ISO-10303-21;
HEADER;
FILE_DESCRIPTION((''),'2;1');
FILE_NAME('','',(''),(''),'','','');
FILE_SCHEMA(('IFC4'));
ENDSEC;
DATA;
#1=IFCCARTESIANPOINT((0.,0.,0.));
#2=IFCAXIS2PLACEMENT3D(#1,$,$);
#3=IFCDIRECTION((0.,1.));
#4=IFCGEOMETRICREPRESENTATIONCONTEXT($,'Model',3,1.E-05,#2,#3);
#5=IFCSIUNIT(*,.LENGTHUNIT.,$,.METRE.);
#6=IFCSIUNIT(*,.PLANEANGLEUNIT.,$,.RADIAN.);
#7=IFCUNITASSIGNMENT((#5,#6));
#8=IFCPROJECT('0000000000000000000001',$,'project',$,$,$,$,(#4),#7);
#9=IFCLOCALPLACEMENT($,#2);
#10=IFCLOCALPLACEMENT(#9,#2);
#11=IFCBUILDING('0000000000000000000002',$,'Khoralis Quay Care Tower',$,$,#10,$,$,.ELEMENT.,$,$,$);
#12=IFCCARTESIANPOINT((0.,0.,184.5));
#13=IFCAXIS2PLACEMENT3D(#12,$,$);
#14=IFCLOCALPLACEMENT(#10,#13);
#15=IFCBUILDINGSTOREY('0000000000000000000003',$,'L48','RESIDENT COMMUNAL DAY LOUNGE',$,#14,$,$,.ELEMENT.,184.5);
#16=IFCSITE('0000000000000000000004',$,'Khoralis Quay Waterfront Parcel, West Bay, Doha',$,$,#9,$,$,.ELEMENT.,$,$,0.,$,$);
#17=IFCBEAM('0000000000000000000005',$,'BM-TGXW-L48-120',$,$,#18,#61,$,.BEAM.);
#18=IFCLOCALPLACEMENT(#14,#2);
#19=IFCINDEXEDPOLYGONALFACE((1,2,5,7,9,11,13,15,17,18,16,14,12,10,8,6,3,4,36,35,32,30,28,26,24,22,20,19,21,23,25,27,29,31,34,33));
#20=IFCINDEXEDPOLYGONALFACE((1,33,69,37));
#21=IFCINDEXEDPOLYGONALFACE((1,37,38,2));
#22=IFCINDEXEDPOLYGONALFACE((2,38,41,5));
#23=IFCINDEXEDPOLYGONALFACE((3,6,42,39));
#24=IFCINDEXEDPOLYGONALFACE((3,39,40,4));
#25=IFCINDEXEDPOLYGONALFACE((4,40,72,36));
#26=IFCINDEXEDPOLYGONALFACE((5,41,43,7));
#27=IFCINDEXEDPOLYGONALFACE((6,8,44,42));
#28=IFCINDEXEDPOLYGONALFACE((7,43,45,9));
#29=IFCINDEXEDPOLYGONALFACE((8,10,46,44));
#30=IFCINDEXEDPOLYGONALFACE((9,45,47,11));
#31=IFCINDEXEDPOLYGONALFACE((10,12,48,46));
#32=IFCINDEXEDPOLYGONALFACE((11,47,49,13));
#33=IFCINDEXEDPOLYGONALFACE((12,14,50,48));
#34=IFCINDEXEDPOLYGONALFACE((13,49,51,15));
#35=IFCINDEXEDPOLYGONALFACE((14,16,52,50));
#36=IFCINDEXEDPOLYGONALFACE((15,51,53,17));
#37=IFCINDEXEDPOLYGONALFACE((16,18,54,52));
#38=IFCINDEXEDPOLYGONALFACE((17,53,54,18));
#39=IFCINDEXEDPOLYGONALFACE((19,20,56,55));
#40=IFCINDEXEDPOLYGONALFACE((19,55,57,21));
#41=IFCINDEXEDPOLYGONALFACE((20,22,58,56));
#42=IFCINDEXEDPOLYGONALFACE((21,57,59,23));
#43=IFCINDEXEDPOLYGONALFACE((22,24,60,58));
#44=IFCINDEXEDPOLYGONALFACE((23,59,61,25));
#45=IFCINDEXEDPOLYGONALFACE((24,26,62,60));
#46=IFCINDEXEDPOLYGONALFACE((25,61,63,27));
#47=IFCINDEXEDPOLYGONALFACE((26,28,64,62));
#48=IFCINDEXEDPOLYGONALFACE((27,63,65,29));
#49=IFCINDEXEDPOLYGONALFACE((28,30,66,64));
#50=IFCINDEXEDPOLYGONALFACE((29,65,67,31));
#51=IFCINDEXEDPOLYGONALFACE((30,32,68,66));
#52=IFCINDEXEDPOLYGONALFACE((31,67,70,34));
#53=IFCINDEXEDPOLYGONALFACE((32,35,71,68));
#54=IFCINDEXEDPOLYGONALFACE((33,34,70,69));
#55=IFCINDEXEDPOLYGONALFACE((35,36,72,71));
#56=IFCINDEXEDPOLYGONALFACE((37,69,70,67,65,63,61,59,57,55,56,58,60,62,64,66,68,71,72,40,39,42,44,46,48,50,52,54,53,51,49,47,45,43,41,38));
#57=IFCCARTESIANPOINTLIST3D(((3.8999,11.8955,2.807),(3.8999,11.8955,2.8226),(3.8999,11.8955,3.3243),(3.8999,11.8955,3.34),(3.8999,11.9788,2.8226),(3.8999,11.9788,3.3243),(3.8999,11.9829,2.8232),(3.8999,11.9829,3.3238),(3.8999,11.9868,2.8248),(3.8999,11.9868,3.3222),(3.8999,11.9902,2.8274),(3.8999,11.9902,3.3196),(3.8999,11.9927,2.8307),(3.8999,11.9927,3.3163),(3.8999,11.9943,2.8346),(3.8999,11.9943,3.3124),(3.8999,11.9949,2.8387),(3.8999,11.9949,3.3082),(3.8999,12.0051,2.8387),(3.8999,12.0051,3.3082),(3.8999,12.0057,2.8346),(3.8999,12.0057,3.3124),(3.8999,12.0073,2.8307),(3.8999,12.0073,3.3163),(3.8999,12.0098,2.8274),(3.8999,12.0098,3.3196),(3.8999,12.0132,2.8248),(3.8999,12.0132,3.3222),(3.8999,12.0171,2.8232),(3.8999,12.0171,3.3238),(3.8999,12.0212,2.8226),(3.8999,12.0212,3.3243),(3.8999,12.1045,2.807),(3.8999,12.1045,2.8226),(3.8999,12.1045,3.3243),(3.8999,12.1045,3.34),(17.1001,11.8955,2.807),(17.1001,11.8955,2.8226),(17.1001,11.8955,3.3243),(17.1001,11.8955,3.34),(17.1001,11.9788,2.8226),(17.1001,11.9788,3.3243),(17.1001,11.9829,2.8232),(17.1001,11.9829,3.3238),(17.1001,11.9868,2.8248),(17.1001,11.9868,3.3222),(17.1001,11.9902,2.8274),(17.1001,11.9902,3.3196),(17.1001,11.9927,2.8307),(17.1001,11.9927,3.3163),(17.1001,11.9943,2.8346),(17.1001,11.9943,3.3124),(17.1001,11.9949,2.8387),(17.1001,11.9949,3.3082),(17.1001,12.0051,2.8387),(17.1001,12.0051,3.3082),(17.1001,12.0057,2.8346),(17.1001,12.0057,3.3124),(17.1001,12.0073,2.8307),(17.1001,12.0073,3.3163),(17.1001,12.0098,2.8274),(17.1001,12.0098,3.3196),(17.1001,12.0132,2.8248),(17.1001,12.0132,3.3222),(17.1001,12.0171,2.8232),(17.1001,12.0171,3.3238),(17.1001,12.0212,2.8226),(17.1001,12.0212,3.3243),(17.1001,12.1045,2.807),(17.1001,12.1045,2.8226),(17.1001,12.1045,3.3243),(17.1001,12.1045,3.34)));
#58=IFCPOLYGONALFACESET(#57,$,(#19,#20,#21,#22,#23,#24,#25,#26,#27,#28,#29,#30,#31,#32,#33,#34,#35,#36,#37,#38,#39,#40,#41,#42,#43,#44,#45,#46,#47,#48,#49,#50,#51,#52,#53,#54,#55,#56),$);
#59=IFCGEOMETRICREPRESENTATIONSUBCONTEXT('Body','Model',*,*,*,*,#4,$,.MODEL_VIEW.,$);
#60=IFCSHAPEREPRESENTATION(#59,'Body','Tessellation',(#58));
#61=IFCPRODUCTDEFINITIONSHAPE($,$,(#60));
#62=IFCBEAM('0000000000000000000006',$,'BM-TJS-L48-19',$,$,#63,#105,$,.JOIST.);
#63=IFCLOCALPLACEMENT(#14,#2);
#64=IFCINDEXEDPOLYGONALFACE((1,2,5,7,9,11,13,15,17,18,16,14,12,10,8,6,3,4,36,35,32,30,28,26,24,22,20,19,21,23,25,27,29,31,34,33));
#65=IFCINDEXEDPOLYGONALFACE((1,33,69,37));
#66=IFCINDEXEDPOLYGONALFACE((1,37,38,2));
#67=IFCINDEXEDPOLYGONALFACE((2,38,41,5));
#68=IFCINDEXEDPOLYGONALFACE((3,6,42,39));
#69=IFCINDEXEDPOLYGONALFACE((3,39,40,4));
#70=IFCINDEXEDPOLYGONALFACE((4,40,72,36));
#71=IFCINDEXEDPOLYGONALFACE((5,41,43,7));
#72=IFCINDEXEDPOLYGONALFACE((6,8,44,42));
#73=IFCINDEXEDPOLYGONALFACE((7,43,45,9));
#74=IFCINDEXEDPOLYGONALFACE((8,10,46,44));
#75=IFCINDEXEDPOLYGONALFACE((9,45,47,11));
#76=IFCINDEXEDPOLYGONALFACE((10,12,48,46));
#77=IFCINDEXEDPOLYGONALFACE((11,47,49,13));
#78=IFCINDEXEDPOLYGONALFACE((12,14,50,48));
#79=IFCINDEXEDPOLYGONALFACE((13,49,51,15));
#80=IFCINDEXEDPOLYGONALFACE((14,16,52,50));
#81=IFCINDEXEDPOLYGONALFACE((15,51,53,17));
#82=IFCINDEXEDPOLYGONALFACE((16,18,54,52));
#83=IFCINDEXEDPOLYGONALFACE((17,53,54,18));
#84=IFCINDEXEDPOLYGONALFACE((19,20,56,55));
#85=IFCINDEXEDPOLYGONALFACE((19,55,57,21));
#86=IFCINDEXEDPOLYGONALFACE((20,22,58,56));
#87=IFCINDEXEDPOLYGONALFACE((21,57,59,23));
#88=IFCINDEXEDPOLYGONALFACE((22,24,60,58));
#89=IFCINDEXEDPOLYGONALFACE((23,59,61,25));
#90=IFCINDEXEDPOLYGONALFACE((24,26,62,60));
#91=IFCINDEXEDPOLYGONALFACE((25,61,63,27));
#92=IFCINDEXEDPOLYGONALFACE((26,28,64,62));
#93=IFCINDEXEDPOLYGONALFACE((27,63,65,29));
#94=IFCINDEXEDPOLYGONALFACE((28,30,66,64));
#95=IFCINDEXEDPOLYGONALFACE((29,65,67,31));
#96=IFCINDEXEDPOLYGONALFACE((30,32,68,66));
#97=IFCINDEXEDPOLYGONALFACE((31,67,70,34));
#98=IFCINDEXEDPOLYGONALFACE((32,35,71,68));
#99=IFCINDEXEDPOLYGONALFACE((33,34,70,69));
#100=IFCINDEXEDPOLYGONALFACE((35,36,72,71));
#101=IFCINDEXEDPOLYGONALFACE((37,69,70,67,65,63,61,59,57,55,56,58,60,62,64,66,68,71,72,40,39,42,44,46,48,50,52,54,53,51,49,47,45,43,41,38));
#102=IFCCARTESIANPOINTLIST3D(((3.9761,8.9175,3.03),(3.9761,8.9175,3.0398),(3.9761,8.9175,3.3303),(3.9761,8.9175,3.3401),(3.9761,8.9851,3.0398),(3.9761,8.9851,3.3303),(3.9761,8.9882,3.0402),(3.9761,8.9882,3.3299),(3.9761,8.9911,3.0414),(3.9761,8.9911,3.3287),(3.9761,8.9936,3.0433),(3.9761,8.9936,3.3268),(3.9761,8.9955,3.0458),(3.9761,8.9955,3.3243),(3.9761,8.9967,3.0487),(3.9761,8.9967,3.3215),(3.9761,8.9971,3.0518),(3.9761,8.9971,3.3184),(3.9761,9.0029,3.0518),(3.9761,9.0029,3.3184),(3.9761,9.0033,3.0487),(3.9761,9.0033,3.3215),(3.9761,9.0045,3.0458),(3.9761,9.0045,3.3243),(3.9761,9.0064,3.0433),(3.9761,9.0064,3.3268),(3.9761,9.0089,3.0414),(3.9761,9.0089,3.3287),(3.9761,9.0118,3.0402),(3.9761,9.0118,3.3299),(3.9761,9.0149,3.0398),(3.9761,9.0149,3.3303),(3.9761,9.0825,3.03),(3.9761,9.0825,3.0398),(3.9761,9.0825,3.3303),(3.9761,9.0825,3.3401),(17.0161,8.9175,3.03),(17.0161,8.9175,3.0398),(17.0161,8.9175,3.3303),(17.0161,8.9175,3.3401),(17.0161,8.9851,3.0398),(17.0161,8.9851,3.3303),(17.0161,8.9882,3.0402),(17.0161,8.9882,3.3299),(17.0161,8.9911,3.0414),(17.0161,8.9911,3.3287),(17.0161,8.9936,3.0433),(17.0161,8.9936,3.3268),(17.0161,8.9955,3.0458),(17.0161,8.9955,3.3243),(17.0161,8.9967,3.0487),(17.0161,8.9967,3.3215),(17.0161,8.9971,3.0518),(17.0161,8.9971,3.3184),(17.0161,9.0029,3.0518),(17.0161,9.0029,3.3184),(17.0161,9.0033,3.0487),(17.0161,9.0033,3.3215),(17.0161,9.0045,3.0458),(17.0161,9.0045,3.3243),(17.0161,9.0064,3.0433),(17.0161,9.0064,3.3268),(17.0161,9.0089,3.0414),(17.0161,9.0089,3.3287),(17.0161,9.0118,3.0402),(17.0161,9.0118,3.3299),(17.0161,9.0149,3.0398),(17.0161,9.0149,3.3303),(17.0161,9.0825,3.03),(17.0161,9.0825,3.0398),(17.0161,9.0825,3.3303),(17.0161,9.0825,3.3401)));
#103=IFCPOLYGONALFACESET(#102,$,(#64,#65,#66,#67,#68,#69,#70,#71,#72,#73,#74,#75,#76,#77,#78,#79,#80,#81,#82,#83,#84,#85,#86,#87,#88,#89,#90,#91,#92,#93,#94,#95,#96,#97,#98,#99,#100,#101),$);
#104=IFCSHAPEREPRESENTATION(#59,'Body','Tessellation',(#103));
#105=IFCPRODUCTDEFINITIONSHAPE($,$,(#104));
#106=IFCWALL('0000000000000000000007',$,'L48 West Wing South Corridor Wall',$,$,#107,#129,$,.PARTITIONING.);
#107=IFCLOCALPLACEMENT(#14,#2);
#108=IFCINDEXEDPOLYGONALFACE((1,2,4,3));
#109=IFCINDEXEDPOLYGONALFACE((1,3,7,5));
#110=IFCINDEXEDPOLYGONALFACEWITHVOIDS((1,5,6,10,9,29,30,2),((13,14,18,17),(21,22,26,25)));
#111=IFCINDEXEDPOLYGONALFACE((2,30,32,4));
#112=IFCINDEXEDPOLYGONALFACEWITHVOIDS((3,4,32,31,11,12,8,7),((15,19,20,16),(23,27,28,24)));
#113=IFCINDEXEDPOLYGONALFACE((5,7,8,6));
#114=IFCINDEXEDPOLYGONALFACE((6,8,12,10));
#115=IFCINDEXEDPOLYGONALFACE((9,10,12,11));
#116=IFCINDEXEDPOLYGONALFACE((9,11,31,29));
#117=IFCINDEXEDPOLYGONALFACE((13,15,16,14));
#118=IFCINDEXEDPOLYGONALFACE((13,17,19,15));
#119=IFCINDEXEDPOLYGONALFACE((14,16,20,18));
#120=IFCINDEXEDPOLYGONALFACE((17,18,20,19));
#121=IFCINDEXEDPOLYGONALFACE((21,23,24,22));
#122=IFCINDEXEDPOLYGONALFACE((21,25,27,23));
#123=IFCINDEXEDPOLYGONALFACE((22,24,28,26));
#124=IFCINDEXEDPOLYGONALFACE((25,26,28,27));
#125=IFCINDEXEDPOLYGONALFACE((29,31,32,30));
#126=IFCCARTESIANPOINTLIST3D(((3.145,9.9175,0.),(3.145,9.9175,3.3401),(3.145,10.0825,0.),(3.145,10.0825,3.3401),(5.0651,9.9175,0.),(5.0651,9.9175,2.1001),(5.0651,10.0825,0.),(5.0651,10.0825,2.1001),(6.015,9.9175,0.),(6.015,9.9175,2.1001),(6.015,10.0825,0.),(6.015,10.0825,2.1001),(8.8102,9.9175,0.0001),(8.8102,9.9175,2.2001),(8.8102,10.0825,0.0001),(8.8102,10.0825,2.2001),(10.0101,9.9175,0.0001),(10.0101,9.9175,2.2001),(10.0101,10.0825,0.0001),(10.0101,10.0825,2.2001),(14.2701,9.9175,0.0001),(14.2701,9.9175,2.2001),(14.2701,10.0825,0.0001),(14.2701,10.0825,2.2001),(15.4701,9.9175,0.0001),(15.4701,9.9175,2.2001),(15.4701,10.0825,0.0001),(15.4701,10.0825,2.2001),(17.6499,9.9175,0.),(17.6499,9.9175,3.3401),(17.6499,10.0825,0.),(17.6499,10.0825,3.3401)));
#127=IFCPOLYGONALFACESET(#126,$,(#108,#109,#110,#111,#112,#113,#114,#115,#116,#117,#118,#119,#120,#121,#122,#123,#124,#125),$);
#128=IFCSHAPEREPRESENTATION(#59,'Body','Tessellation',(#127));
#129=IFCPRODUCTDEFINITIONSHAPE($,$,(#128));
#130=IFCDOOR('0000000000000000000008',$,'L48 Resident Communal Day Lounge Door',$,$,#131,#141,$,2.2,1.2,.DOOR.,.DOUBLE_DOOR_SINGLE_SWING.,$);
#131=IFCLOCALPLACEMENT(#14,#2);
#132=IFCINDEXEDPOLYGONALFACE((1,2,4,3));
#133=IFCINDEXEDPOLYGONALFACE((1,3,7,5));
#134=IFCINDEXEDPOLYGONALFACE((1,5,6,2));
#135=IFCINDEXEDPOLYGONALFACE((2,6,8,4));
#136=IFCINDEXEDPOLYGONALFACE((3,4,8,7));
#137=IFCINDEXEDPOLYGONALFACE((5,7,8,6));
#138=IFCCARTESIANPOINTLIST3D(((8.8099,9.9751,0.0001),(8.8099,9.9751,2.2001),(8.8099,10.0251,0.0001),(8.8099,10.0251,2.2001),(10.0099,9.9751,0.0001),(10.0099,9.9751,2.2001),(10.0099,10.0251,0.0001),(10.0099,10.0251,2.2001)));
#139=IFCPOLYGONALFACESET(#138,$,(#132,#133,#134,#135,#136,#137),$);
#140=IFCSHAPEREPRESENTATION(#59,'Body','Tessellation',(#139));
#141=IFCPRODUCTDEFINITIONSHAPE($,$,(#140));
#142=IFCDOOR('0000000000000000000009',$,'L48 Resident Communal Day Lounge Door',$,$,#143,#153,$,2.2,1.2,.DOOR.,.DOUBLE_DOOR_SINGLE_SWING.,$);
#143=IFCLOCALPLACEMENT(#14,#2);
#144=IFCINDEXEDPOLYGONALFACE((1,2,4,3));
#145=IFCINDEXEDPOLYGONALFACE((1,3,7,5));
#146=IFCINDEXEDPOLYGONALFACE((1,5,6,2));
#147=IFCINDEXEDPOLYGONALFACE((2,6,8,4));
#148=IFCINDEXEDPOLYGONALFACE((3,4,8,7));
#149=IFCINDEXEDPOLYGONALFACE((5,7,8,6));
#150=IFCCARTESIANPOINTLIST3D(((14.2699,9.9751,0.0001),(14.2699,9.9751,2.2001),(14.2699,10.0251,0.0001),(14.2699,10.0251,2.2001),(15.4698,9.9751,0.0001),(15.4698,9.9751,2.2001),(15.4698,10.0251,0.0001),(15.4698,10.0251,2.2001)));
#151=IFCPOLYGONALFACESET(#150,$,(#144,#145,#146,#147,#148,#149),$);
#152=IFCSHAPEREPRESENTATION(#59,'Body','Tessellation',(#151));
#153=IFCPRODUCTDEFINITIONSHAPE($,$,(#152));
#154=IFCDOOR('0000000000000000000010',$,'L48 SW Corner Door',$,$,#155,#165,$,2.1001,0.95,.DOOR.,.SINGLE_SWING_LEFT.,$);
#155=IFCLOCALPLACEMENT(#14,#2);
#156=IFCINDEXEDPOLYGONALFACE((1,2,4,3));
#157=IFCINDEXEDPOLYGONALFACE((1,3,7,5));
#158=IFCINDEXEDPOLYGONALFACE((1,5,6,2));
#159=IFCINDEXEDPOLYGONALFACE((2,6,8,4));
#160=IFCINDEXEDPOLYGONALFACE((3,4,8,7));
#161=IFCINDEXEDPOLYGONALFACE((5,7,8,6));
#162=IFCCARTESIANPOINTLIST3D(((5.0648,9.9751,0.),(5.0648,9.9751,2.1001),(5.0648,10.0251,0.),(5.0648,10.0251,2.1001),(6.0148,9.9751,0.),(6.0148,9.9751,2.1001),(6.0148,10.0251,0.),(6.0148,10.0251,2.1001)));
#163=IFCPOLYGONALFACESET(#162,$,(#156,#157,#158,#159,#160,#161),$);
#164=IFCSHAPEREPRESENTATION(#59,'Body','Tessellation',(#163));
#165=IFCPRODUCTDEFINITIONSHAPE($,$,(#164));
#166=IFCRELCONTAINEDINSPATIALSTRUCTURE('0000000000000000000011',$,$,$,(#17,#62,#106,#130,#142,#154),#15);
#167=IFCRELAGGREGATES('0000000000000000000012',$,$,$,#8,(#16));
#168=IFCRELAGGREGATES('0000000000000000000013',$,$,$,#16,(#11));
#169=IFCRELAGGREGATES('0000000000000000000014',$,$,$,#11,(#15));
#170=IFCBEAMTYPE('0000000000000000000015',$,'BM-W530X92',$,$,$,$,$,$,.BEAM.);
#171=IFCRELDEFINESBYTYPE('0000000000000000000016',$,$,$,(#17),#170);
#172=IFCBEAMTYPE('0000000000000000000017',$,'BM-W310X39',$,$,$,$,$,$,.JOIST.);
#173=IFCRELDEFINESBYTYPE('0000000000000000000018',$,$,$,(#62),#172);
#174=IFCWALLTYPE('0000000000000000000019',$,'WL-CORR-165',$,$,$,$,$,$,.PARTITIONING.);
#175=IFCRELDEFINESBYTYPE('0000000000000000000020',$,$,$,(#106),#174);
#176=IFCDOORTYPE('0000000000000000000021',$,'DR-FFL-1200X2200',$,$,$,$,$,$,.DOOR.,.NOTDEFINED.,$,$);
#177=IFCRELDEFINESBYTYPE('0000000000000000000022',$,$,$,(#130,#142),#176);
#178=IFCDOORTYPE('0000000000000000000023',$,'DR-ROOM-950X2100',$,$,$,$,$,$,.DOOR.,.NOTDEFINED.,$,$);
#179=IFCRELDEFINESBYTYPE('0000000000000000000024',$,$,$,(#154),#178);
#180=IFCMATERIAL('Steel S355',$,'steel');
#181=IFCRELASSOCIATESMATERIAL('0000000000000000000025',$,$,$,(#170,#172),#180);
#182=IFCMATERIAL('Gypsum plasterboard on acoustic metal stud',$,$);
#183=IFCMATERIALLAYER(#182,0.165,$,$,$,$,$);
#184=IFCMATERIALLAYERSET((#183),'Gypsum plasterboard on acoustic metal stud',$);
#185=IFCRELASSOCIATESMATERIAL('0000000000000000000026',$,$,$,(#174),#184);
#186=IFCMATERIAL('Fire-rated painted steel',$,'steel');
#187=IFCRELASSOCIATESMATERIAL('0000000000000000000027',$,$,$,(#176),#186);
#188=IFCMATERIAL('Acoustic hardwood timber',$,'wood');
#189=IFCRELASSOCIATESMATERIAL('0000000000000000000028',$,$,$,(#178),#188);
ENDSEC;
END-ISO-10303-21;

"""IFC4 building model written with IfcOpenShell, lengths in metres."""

from ifc_helpers import new_model, si_unit, direction, frame, frame_2d, origin, origin_2d, place, context, subcontext, project, spatial, rectangle, i_section, extrude, source, transform, mapped, material, layer, layer_set, material_profile, profile_set, type_object, element, fill, save


model = new_model("IFC4")

# Units and contexts
model_context = context("Model", 3, precision=1e-05, world=origin(), true_north=direction((0.0, 1.0)))
body_context = subcontext(model_context, "Body", "Model", "MODEL_VIEW")
ifc_project = project(units=[si_unit("LENGTHUNIT", "METRE"), si_unit("PLANEANGLEUNIT", "RADIAN")], contexts=[model_context])

# Site, building, storey
site_placement = place(None, origin())
site = spatial("IfcSite", under=ifc_project, at=site_placement, Name="Khoralis Quay Waterfront Parcel, West Bay, Doha", CompositionType="ELEMENT", RefElevation=0.0)
building_placement = place(site_placement, origin())
building = spatial("IfcBuilding", under=site, at=building_placement, Name="Khoralis Quay Care Tower", CompositionType="ELEMENT")
storey_placement = place(building_placement, frame((0.0, 0.0, 184.5)))
storey = spatial("IfcBuildingStorey", under=building, at=storey_placement, Name="L48", Description="RESIDENT COMMUNAL DAY LOUNGE", CompositionType="ELEMENT", Elevation=184.5)

# Beams
ifc_material_1 = material(Name="Steel S355", Category="steel")
ifc_material_profile_1 = material_profile(ifc_material_1, i_section(OverallWidth=0.209, OverallDepth=0.533, WebThickness=0.0103, FlangeThickness=0.0156, FilletRadius=0.0161, at=origin_2d()), Name="Steel S355")
ifc_profile_set_1 = profile_set([ifc_material_profile_1], Name="Steel S355")
beam_type_1 = type_object("IfcBeamType", Name="BM-W530X92", PredefinedType="BEAM", material=ifc_profile_set_1)
shared_shape_1 = source(origin(), body_context, "Body", "SweptSolid", [
    extrude(i_section(OverallWidth=0.209, OverallDepth=0.533, WebThickness=0.0103, FlangeThickness=0.0156, FilletRadius=0.0161, at=origin_2d()), origin(), (0.0, 0.0, 1.0), 13.2002),
])
beam_1_placement = place(storey_placement, frame((3.8999, 12.0, 3.0735), z_axis=(1.0, 0.0, 0.0), x_axis=(0.0, 1.0, 0.0)))
element("IfcBeam", 1, at=beam_1_placement, inside=storey, type_object=beam_type_1, Name="BM-TGXW-L48-120", PredefinedType="BEAM", context=body_context, shape_type="MappedRepresentation", body=[
    mapped(shared_shape_1, transform((0.0, 0.0, 0.0), scale=1.0)),
])
ifc_material_profile_2 = material_profile(ifc_material_1, i_section(OverallWidth=0.165, OverallDepth=0.3101, WebThickness=0.0059, FlangeThickness=0.0098, FilletRadius=0.012, at=origin_2d()), Name="Steel S355")
ifc_profile_set_2 = profile_set([ifc_material_profile_2], Name="Steel S355")
beam_type_2 = type_object("IfcBeamType", Name="BM-W310X39", PredefinedType="JOIST", material=ifc_profile_set_2)
shared_shape_2 = source(origin(), body_context, "Body", "SweptSolid", [
    extrude(i_section(OverallWidth=0.165, OverallDepth=0.3101, WebThickness=0.0059, FlangeThickness=0.0098, FilletRadius=0.012, at=origin_2d()), origin(), (0.0, 0.0, 1.0), 13.04),
])
beam_2_placement = place(storey_placement, frame((3.9761, 9.0, 3.1851), z_axis=(1.0, 0.0, 0.0), x_axis=(0.0, 1.0, 0.0)))
element("IfcBeam", 2, at=beam_2_placement, inside=storey, type_object=beam_type_2, Name="BM-TJS-L48-19", PredefinedType="JOIST", context=body_context, shape_type="MappedRepresentation", body=[
    mapped(shared_shape_2, transform((0.0, 0.0, 0.0), scale=1.0)),
])

# Wall, openings, doors
ifc_material_2 = material(Name="Gypsum plasterboard on acoustic metal stud")
ifc_layer_1 = layer(ifc_material_2, 0.165)
ifc_layer_set_1 = layer_set([ifc_layer_1], Name="Gypsum plasterboard on acoustic metal stud")
wall_type_1 = type_object("IfcWallType", Name="WL-CORR-165", PredefinedType="PARTITIONING", material=ifc_layer_set_1)
wall_1_placement = place(storey_placement, frame((3.145, 10.0, 0.0), z_axis=(0.0, 0.0, 1.0), x_axis=(1.0, 0.0, 0.0)))
wall_1 = element("IfcWall", 3, at=wall_1_placement, inside=storey, type_object=wall_type_1, Name="L48 West Wing South Corridor Wall", PredefinedType="PARTITIONING", context=body_context, shape_type="SweptSolid", body=[
    extrude(rectangle(XDim=14.5049, YDim=0.165, at=frame_2d((7.2524, 0.0))), origin(), (0.0, 0.0, 1.0), 3.3401),
])
opening_1_placement = place(wall_1_placement, frame((5.665, 0.0, 0.0)))
opening_1 = element("IfcOpeningElement", 4, at=opening_1_placement, cuts=wall_1, PredefinedType="OPENING", context=body_context, shape_type="SweptSolid", body=[
    extrude(rectangle(XDim=1.2, YDim=2.2, at=frame_2d((0.6001, 1.1001))), frame((0.0, 0.0925, 0.0), z_axis=(0.0, -1.0, 0.0), x_axis=(1.0, 0.0, 0.0)), (0.0, 0.0, 1.0), 0.1851),
])
opening_2_placement = place(wall_1_placement, frame((11.125, 0.0, 0.0)))
opening_2 = element("IfcOpeningElement", 5, at=opening_2_placement, cuts=wall_1, PredefinedType="OPENING", context=body_context, shape_type="SweptSolid", body=[
    extrude(rectangle(XDim=1.2, YDim=2.2, at=frame_2d((0.6001, 1.1001))), frame((0.0, 0.0925, 0.0), z_axis=(0.0, -1.0, 0.0), x_axis=(1.0, 0.0, 0.0)), (0.0, 0.0, 1.0), 0.1851),
])
opening_3_placement = place(wall_1_placement, frame((1.9199, 0.0, 0.0)))
opening_3 = element("IfcOpeningElement", 6, at=opening_3_placement, cuts=wall_1, PredefinedType="OPENING", context=body_context, shape_type="SweptSolid", body=[
    extrude(rectangle(XDim=0.95, YDim=2.1001, at=frame_2d((0.4751, 1.05))), frame((0.0, 0.0925, 0.0), z_axis=(0.0, -1.0, 0.0), x_axis=(1.0, 0.0, 0.0)), (0.0, 0.0, 1.0), 0.1851),
])
ifc_material_3 = material(Name="Fire-rated painted steel", Category="steel")
door_type_1 = type_object("IfcDoorType", Name="DR-FFL-1200X2200", OperationType="NOTDEFINED", PredefinedType="DOOR", material=ifc_material_3)
shared_shape_3 = source(origin(), body_context, "Body", "SweptSolid", [
    extrude(rectangle(XDim=1.2, YDim=2.2, at=frame_2d((0.6001, 1.1001))), frame((0.0, 0.0249, 0.0), z_axis=(0.0, -1.0, 0.0), x_axis=(1.0, 0.0, 0.0)), (0.0, 0.0, 1.0), 0.05),
])
door_1_placement = place(opening_1_placement, frame((1.2, 0.0, 0.0), z_axis=(0.0, 0.0, 1.0), x_axis=(-1.0, 0.0, 0.0)))
door_1 = element("IfcDoor", 7, at=door_1_placement, inside=storey, type_object=door_type_1, Name="L48 Resident Communal Day Lounge Door", OperationType="DOUBLE_DOOR_SINGLE_SWING", OverallHeight=2.2, OverallWidth=1.2, PredefinedType="DOOR", context=body_context, shape_type="MappedRepresentation", body=[
    mapped(shared_shape_3, transform((0.0, 0.0, 0.0), scale=1.0)),
])
fill(opening_1, door_1)
door_2_placement = place(opening_2_placement, frame((1.2, 0.0, 0.0), z_axis=(0.0, 0.0, 1.0), x_axis=(-1.0, 0.0, 0.0)))
door_2 = element("IfcDoor", 8, at=door_2_placement, inside=storey, type_object=door_type_1, Name="L48 Resident Communal Day Lounge Door", OperationType="DOUBLE_DOOR_SINGLE_SWING", OverallHeight=2.2, OverallWidth=1.2, PredefinedType="DOOR", context=body_context, shape_type="MappedRepresentation", body=[
    mapped(shared_shape_3, transform((0.0, 0.0, 0.0), scale=1.0)),
])
fill(opening_2, door_2)
ifc_material_4 = material(Name="Acoustic hardwood timber", Category="wood")
door_type_2 = type_object("IfcDoorType", Name="DR-ROOM-950X2100", OperationType="NOTDEFINED", PredefinedType="DOOR", material=ifc_material_4)
shared_shape_4 = source(origin(), body_context, "Body", "SweptSolid", [
    extrude(rectangle(XDim=0.95, YDim=2.1001, at=frame_2d((0.4751, 1.05))), frame((0.0, 0.0249, 0.0), z_axis=(0.0, -1.0, 0.0), x_axis=(1.0, 0.0, 0.0)), (0.0, 0.0, 1.0), 0.05),
])
door_3_placement = place(opening_3_placement, frame((0.95, 0.0, 0.0), z_axis=(0.0, 0.0, 1.0), x_axis=(-1.0, 0.0, 0.0)))
door_3 = element("IfcDoor", 9, at=door_3_placement, inside=storey, type_object=door_type_2, Name="L48 SW Corner Door", OperationType="SINGLE_SWING_LEFT", OverallHeight=2.1001, OverallWidth=0.95, PredefinedType="DOOR", context=body_context, shape_type="MappedRepresentation", body=[
    mapped(shared_shape_4, transform((0.0, 0.0, 0.0), scale=1.0)),
])
fill(opening_3, door_3)

save(model, "model.ifc")
